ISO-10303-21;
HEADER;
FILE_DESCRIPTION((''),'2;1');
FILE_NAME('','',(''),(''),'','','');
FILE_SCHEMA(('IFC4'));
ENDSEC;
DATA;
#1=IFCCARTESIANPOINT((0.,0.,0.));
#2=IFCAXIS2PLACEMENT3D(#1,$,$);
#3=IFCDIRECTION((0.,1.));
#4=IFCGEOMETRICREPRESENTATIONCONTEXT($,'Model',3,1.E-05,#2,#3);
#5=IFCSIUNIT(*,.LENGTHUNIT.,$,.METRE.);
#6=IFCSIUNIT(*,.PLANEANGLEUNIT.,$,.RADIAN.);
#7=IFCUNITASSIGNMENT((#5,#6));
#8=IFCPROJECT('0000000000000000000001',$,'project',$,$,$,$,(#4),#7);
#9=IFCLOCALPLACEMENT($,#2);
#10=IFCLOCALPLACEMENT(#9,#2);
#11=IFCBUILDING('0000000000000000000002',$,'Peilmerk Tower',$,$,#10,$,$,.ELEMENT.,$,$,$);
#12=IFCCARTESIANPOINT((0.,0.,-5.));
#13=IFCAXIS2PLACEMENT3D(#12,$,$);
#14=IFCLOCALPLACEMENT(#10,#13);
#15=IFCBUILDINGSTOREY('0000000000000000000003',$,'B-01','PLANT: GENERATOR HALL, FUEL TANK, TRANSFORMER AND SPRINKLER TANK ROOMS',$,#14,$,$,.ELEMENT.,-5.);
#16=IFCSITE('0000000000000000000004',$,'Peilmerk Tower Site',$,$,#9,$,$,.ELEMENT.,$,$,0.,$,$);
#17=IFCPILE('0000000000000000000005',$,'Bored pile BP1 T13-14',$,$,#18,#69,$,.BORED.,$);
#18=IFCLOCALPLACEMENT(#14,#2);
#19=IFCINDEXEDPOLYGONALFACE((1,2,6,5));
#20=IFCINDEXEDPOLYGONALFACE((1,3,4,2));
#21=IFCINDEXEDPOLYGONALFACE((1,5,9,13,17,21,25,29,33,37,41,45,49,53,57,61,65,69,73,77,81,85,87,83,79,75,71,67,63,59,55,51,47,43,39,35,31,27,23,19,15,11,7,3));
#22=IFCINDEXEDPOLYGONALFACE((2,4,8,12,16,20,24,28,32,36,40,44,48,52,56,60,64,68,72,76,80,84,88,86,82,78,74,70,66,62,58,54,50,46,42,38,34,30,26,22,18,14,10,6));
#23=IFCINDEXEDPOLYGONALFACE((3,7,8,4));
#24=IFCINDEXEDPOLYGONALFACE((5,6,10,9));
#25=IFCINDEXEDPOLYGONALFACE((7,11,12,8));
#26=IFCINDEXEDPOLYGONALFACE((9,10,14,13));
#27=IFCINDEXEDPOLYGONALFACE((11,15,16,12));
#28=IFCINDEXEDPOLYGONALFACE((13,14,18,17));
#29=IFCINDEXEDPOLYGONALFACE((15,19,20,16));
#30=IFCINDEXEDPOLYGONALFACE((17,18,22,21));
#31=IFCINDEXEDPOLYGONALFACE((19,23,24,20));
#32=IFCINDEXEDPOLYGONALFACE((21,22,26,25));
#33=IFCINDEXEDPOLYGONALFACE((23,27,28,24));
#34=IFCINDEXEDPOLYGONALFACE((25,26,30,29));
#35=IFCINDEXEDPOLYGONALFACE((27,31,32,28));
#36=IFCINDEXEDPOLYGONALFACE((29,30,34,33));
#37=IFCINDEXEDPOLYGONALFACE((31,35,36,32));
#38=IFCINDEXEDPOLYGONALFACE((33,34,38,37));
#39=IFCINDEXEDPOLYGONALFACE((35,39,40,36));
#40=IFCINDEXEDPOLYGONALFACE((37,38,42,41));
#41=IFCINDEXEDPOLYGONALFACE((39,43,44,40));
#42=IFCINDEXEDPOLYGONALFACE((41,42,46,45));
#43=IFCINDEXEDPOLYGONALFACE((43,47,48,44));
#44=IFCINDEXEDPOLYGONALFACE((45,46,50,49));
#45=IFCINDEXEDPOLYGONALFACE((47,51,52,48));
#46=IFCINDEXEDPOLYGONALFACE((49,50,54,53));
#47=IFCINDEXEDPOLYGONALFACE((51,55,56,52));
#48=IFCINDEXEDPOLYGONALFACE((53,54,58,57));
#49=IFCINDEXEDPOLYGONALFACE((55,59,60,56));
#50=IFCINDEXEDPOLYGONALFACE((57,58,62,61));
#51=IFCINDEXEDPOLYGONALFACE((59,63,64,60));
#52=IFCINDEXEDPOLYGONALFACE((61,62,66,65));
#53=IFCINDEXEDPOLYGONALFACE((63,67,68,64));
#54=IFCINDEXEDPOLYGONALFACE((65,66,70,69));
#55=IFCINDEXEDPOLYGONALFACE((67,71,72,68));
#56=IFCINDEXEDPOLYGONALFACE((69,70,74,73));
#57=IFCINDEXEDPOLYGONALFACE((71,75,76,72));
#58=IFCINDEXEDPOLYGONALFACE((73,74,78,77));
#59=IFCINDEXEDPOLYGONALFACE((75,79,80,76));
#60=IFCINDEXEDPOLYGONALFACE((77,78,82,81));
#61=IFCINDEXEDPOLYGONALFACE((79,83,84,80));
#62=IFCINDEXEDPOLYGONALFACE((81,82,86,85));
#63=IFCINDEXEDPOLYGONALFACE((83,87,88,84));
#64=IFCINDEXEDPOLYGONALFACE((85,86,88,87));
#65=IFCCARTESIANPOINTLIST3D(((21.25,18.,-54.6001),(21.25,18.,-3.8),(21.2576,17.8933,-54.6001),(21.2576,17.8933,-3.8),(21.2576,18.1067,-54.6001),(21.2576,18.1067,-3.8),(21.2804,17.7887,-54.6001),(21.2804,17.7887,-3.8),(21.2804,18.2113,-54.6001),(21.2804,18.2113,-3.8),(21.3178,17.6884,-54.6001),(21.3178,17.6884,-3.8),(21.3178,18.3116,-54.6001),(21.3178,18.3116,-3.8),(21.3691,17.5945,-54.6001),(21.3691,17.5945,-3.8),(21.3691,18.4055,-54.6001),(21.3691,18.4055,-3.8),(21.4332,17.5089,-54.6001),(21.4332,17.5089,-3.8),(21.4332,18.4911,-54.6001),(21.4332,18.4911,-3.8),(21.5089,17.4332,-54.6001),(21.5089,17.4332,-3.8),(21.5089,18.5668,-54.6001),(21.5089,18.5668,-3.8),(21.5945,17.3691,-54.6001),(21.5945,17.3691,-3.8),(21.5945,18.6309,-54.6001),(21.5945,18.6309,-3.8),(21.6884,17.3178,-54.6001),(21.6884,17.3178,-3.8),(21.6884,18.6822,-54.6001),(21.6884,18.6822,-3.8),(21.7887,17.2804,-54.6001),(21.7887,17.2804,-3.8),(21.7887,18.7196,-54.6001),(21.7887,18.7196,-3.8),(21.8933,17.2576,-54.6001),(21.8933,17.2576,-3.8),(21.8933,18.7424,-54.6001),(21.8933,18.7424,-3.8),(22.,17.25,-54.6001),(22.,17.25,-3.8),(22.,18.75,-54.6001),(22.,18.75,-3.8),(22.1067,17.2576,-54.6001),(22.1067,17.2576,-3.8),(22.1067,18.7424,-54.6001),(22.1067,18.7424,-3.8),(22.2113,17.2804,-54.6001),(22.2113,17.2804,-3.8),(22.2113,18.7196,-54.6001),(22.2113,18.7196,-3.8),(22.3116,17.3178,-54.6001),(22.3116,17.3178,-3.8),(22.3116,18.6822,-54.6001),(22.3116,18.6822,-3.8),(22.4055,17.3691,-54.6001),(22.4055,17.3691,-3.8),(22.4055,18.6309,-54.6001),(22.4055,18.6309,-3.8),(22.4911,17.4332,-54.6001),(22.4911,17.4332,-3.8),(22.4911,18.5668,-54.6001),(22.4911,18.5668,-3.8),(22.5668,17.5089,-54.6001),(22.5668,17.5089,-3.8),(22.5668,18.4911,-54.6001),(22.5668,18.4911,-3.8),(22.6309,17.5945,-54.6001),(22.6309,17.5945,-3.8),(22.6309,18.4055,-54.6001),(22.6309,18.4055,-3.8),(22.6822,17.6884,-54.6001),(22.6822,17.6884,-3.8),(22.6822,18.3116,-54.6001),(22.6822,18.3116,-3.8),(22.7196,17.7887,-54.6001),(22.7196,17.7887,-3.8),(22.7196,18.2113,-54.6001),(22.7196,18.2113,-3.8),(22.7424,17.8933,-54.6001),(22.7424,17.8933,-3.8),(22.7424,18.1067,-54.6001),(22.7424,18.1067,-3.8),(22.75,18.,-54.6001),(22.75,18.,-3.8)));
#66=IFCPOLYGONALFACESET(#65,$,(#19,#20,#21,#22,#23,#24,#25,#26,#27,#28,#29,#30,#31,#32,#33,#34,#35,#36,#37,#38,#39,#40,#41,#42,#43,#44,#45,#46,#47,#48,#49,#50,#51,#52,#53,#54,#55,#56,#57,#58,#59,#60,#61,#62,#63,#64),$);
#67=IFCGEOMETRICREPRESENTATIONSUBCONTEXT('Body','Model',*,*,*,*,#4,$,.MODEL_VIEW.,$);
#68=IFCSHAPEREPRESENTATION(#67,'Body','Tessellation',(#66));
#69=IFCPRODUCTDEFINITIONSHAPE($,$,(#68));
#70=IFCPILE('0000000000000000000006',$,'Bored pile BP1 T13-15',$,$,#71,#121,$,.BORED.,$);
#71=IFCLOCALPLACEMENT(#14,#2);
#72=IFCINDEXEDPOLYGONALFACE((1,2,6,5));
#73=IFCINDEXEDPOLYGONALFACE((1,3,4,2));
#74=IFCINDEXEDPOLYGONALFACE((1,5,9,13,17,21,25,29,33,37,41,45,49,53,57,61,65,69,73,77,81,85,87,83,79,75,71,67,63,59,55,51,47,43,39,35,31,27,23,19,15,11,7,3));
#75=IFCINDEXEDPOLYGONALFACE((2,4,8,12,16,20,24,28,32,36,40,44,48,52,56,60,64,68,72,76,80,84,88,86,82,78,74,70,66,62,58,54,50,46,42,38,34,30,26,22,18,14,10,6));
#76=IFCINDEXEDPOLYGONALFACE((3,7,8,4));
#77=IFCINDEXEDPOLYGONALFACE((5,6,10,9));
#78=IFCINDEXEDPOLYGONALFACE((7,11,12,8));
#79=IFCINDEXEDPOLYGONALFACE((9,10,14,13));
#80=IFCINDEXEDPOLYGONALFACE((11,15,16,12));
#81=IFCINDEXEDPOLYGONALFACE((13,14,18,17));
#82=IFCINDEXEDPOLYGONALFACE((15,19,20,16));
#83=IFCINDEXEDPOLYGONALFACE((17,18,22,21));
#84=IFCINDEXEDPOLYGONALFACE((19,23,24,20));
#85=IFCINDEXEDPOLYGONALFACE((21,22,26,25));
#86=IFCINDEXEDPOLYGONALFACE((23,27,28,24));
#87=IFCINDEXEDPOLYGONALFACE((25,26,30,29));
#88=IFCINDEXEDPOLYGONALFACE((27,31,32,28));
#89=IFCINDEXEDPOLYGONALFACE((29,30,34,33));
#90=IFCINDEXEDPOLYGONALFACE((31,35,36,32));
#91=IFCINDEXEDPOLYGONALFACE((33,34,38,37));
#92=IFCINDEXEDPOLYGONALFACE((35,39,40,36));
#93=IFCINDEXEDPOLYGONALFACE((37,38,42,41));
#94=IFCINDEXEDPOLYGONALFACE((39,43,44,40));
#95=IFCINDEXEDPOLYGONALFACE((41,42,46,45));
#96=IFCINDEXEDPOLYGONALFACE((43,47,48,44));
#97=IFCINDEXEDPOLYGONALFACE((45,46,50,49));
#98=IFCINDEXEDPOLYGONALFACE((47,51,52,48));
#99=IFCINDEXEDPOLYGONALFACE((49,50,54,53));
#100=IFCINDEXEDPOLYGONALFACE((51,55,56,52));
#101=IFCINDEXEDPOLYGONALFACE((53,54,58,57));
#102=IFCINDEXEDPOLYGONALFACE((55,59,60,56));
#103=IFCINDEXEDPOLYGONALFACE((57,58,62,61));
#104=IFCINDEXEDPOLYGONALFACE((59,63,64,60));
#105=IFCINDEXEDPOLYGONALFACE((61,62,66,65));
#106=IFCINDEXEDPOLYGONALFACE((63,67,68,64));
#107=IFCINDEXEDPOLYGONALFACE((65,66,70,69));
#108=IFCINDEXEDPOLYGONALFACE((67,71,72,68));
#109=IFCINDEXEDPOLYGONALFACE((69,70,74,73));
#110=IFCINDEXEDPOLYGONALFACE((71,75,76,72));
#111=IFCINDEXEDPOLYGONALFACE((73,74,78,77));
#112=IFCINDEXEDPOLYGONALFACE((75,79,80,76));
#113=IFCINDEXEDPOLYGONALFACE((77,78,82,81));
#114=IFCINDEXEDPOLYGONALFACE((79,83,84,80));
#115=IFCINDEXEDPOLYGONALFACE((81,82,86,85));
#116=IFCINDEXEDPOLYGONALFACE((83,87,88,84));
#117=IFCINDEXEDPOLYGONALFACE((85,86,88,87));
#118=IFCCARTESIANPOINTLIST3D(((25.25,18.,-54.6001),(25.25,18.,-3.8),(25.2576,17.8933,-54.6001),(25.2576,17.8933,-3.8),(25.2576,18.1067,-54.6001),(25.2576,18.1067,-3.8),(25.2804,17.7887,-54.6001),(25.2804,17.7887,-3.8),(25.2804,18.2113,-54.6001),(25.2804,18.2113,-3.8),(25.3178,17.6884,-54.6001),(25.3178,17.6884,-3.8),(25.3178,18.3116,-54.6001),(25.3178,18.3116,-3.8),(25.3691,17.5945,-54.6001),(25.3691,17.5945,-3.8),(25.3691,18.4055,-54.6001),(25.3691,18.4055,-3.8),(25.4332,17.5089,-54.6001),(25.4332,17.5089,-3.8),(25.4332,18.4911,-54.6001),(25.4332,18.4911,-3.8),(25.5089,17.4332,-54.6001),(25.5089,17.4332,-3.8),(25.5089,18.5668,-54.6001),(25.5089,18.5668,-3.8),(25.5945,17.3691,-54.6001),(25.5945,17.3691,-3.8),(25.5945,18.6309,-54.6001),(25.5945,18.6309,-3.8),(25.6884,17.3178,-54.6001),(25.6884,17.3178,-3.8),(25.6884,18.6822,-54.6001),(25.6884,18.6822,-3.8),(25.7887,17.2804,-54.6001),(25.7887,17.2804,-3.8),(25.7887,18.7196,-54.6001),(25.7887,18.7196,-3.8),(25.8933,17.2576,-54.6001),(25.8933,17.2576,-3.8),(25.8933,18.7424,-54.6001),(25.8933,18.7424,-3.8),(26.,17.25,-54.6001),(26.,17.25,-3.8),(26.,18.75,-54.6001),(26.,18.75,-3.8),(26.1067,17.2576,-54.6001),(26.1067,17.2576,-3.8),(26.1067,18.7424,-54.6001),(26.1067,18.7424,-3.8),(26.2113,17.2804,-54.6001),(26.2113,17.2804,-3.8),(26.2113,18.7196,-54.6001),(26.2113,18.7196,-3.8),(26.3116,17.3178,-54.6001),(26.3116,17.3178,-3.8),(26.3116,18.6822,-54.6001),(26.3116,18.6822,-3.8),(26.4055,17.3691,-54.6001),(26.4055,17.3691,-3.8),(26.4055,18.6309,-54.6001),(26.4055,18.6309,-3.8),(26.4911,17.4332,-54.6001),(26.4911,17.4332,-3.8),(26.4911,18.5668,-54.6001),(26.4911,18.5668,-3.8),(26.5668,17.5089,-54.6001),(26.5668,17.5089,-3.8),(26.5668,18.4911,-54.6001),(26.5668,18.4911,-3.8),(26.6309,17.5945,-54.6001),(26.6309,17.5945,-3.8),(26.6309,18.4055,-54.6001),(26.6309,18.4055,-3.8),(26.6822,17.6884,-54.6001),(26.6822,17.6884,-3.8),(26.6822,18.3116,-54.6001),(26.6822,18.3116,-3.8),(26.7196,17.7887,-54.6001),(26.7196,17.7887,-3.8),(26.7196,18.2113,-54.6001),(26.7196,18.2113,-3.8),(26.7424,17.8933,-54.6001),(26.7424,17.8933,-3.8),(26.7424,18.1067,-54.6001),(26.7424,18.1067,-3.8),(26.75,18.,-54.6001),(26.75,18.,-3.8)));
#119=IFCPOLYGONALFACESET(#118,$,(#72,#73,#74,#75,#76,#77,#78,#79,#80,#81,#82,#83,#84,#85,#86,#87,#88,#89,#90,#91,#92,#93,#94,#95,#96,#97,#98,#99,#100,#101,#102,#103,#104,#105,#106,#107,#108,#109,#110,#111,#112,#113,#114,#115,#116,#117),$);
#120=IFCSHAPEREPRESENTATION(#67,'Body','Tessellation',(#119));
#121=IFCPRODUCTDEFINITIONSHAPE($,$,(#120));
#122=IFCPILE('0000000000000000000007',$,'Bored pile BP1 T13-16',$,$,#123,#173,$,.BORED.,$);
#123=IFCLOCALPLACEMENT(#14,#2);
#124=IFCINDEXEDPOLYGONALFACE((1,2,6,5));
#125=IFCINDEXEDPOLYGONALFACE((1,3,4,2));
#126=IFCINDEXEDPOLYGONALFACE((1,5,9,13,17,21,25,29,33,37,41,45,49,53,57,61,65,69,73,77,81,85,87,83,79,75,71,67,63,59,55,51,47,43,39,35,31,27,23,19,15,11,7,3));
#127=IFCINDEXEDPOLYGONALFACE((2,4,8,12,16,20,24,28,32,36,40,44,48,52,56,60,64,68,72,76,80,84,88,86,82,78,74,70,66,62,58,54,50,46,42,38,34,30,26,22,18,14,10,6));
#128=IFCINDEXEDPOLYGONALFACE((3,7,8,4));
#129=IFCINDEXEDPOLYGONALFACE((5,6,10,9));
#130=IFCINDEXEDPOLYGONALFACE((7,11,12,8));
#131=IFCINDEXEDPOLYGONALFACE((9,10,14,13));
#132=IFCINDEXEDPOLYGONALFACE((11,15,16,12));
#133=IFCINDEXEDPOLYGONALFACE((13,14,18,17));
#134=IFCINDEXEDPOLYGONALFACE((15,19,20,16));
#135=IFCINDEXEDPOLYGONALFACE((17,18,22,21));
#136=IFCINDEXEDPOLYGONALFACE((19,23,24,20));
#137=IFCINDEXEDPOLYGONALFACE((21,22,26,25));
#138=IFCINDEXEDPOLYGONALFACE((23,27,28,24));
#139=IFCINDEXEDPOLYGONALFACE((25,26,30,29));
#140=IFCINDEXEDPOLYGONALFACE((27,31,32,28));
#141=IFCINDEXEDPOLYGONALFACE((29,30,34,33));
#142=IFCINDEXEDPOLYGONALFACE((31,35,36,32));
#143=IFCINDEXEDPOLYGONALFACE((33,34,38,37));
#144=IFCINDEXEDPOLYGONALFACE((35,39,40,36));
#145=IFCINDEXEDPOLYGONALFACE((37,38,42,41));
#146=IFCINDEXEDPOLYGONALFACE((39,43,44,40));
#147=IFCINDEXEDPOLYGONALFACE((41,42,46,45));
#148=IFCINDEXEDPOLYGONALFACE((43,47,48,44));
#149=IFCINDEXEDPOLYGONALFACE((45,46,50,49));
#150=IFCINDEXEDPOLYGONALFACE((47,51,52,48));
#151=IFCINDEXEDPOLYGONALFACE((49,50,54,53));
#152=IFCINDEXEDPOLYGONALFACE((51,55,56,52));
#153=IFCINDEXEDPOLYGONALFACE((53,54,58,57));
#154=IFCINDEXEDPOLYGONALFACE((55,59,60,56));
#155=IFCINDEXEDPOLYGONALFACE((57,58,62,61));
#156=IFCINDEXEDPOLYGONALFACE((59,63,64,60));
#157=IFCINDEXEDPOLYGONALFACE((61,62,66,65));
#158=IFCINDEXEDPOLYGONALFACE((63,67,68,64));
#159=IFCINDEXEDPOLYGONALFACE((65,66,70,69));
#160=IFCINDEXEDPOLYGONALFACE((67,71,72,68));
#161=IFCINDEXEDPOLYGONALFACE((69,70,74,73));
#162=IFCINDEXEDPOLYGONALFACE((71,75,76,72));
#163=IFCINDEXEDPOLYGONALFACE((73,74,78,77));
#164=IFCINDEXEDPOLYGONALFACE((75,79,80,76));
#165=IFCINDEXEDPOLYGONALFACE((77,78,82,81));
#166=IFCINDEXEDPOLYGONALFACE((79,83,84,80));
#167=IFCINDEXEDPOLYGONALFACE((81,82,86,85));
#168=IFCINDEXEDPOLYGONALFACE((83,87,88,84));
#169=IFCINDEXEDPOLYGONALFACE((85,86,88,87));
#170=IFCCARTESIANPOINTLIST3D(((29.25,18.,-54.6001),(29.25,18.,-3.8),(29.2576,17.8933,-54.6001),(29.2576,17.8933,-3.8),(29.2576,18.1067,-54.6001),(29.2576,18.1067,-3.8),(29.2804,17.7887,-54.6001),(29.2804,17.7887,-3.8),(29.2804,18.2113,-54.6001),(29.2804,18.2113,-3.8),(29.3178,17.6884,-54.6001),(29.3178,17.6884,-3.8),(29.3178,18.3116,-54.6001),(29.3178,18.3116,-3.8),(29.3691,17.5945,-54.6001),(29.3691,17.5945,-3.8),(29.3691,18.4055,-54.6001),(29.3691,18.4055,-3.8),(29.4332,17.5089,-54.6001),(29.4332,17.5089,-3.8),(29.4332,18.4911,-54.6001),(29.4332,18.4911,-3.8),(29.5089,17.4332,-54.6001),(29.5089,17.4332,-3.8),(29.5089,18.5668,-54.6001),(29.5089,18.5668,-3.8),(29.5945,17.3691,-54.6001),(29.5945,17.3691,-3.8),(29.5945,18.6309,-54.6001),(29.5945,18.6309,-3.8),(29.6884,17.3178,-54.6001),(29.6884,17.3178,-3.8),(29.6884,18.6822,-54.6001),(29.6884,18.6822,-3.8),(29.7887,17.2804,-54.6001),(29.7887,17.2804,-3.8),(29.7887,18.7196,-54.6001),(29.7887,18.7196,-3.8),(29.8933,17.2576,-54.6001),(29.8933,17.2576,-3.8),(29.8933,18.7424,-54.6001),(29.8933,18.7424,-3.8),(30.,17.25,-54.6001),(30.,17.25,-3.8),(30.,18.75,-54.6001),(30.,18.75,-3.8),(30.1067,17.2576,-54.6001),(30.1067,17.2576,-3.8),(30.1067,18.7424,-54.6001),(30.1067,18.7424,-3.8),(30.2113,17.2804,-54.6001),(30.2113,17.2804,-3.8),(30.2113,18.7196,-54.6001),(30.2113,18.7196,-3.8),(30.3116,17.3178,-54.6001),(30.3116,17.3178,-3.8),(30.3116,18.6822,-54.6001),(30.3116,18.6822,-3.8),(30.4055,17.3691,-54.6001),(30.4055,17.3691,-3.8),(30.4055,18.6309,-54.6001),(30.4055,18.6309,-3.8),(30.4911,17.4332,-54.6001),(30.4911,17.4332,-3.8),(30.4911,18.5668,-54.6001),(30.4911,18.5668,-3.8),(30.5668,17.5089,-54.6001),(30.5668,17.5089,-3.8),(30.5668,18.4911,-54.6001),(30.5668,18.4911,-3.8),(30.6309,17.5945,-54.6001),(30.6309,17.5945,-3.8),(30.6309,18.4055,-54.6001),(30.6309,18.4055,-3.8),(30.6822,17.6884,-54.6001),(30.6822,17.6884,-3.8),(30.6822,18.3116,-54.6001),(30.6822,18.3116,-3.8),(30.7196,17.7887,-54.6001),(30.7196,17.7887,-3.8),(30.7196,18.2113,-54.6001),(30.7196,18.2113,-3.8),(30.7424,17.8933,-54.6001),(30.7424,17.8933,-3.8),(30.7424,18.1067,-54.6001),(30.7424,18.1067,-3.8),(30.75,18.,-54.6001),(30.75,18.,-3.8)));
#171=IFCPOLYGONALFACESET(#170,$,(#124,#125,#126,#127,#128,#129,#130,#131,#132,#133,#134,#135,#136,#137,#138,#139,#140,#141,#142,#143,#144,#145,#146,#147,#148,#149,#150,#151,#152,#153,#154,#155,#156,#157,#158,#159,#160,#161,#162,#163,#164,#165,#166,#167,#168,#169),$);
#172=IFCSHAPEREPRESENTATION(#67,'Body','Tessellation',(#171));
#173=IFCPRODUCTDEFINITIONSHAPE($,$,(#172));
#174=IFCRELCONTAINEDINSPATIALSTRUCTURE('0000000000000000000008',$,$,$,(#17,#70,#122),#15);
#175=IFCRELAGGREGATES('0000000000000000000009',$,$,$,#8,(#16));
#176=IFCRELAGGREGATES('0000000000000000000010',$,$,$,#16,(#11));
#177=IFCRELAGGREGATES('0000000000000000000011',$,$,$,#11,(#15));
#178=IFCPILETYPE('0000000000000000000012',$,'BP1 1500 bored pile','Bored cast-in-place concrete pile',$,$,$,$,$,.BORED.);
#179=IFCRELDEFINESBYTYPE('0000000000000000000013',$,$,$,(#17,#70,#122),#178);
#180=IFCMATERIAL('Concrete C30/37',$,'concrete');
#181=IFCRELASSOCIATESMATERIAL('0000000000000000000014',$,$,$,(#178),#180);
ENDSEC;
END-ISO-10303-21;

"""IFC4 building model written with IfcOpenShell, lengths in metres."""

from ifc_helpers import new_model, si_unit, direction, frame, origin, origin_2d, place, context, subcontext, project, spatial, circle, extrude, material, material_profile, profile_set, type_object, element, save


model = new_model("IFC4")

# Units and contexts
model_context = context("Model", 3, precision=1e-05, world=origin(), true_north=direction((0.0, 1.0)))
body_context = subcontext(model_context, "Body", "Model", "MODEL_VIEW")
ifc_project = project(units=[si_unit("LENGTHUNIT", "METRE"), si_unit("PLANEANGLEUNIT", "RADIAN")], contexts=[model_context])

# Site, building, storey
site_placement = place(None, origin())
site = spatial("IfcSite", under=ifc_project, at=site_placement, Name="Peilmerk Tower Site", CompositionType="ELEMENT", RefElevation=0.0)
building_placement = place(site_placement, origin())
building = spatial("IfcBuilding", under=site, at=building_placement, Name="Peilmerk Tower", CompositionType="ELEMENT")
storey_placement = place(building_placement, frame((0.0, 0.0, -5.0)))
storey = spatial("IfcBuildingStorey", under=building, at=storey_placement, Name="B-01", Description="PLANT: GENERATOR HALL, FUEL TANK, TRANSFORMER AND SPRINKLER TANK ROOMS", CompositionType="ELEMENT", Elevation=-5.0)

# Piles
ifc_material_1 = material(Name="Concrete C30/37", Category="concrete")
ifc_material_profile_1 = material_profile(ifc_material_1, circle(Radius=0.75, at=origin_2d()), Name="BP 1500")
ifc_profile_set_1 = profile_set([ifc_material_profile_1], Name="Concrete C30/37")
pile_type_1 = type_object("IfcPileType", Name="BP1 1500 bored pile", Description="Bored cast-in-place concrete pile", PredefinedType="BORED", material=ifc_profile_set_1)
for number, where, z_axis, x_axis, name in (
    (1, (22.0, 18.0, -3.8), (0.0, 0.0, -1.0), (1.0, 0.0, 0.0), "Bored pile BP1 T13-14"),
    (2, (26.0, 18.0, -3.8), (0.0, 0.0, -1.0), (1.0, 0.0, 0.0), "Bored pile BP1 T13-15"),
    (3, (30.0, 18.0, -3.8), (0.0, 0.0, -1.0), (1.0, 0.0, 0.0), "Bored pile BP1 T13-16"),
):
    element("IfcPile", number, at=place(storey_placement, frame(where, z_axis=z_axis, x_axis=x_axis)), inside=storey, type_object=pile_type_1, Name=name, PredefinedType="BORED", context=body_context, shape_type="SweptSolid", body=[
        extrude(circle(Radius=0.75, at=origin_2d()), origin(), (0.0, 0.0, 1.0), 50.8),
    ])

save(model, "model.ifc")
